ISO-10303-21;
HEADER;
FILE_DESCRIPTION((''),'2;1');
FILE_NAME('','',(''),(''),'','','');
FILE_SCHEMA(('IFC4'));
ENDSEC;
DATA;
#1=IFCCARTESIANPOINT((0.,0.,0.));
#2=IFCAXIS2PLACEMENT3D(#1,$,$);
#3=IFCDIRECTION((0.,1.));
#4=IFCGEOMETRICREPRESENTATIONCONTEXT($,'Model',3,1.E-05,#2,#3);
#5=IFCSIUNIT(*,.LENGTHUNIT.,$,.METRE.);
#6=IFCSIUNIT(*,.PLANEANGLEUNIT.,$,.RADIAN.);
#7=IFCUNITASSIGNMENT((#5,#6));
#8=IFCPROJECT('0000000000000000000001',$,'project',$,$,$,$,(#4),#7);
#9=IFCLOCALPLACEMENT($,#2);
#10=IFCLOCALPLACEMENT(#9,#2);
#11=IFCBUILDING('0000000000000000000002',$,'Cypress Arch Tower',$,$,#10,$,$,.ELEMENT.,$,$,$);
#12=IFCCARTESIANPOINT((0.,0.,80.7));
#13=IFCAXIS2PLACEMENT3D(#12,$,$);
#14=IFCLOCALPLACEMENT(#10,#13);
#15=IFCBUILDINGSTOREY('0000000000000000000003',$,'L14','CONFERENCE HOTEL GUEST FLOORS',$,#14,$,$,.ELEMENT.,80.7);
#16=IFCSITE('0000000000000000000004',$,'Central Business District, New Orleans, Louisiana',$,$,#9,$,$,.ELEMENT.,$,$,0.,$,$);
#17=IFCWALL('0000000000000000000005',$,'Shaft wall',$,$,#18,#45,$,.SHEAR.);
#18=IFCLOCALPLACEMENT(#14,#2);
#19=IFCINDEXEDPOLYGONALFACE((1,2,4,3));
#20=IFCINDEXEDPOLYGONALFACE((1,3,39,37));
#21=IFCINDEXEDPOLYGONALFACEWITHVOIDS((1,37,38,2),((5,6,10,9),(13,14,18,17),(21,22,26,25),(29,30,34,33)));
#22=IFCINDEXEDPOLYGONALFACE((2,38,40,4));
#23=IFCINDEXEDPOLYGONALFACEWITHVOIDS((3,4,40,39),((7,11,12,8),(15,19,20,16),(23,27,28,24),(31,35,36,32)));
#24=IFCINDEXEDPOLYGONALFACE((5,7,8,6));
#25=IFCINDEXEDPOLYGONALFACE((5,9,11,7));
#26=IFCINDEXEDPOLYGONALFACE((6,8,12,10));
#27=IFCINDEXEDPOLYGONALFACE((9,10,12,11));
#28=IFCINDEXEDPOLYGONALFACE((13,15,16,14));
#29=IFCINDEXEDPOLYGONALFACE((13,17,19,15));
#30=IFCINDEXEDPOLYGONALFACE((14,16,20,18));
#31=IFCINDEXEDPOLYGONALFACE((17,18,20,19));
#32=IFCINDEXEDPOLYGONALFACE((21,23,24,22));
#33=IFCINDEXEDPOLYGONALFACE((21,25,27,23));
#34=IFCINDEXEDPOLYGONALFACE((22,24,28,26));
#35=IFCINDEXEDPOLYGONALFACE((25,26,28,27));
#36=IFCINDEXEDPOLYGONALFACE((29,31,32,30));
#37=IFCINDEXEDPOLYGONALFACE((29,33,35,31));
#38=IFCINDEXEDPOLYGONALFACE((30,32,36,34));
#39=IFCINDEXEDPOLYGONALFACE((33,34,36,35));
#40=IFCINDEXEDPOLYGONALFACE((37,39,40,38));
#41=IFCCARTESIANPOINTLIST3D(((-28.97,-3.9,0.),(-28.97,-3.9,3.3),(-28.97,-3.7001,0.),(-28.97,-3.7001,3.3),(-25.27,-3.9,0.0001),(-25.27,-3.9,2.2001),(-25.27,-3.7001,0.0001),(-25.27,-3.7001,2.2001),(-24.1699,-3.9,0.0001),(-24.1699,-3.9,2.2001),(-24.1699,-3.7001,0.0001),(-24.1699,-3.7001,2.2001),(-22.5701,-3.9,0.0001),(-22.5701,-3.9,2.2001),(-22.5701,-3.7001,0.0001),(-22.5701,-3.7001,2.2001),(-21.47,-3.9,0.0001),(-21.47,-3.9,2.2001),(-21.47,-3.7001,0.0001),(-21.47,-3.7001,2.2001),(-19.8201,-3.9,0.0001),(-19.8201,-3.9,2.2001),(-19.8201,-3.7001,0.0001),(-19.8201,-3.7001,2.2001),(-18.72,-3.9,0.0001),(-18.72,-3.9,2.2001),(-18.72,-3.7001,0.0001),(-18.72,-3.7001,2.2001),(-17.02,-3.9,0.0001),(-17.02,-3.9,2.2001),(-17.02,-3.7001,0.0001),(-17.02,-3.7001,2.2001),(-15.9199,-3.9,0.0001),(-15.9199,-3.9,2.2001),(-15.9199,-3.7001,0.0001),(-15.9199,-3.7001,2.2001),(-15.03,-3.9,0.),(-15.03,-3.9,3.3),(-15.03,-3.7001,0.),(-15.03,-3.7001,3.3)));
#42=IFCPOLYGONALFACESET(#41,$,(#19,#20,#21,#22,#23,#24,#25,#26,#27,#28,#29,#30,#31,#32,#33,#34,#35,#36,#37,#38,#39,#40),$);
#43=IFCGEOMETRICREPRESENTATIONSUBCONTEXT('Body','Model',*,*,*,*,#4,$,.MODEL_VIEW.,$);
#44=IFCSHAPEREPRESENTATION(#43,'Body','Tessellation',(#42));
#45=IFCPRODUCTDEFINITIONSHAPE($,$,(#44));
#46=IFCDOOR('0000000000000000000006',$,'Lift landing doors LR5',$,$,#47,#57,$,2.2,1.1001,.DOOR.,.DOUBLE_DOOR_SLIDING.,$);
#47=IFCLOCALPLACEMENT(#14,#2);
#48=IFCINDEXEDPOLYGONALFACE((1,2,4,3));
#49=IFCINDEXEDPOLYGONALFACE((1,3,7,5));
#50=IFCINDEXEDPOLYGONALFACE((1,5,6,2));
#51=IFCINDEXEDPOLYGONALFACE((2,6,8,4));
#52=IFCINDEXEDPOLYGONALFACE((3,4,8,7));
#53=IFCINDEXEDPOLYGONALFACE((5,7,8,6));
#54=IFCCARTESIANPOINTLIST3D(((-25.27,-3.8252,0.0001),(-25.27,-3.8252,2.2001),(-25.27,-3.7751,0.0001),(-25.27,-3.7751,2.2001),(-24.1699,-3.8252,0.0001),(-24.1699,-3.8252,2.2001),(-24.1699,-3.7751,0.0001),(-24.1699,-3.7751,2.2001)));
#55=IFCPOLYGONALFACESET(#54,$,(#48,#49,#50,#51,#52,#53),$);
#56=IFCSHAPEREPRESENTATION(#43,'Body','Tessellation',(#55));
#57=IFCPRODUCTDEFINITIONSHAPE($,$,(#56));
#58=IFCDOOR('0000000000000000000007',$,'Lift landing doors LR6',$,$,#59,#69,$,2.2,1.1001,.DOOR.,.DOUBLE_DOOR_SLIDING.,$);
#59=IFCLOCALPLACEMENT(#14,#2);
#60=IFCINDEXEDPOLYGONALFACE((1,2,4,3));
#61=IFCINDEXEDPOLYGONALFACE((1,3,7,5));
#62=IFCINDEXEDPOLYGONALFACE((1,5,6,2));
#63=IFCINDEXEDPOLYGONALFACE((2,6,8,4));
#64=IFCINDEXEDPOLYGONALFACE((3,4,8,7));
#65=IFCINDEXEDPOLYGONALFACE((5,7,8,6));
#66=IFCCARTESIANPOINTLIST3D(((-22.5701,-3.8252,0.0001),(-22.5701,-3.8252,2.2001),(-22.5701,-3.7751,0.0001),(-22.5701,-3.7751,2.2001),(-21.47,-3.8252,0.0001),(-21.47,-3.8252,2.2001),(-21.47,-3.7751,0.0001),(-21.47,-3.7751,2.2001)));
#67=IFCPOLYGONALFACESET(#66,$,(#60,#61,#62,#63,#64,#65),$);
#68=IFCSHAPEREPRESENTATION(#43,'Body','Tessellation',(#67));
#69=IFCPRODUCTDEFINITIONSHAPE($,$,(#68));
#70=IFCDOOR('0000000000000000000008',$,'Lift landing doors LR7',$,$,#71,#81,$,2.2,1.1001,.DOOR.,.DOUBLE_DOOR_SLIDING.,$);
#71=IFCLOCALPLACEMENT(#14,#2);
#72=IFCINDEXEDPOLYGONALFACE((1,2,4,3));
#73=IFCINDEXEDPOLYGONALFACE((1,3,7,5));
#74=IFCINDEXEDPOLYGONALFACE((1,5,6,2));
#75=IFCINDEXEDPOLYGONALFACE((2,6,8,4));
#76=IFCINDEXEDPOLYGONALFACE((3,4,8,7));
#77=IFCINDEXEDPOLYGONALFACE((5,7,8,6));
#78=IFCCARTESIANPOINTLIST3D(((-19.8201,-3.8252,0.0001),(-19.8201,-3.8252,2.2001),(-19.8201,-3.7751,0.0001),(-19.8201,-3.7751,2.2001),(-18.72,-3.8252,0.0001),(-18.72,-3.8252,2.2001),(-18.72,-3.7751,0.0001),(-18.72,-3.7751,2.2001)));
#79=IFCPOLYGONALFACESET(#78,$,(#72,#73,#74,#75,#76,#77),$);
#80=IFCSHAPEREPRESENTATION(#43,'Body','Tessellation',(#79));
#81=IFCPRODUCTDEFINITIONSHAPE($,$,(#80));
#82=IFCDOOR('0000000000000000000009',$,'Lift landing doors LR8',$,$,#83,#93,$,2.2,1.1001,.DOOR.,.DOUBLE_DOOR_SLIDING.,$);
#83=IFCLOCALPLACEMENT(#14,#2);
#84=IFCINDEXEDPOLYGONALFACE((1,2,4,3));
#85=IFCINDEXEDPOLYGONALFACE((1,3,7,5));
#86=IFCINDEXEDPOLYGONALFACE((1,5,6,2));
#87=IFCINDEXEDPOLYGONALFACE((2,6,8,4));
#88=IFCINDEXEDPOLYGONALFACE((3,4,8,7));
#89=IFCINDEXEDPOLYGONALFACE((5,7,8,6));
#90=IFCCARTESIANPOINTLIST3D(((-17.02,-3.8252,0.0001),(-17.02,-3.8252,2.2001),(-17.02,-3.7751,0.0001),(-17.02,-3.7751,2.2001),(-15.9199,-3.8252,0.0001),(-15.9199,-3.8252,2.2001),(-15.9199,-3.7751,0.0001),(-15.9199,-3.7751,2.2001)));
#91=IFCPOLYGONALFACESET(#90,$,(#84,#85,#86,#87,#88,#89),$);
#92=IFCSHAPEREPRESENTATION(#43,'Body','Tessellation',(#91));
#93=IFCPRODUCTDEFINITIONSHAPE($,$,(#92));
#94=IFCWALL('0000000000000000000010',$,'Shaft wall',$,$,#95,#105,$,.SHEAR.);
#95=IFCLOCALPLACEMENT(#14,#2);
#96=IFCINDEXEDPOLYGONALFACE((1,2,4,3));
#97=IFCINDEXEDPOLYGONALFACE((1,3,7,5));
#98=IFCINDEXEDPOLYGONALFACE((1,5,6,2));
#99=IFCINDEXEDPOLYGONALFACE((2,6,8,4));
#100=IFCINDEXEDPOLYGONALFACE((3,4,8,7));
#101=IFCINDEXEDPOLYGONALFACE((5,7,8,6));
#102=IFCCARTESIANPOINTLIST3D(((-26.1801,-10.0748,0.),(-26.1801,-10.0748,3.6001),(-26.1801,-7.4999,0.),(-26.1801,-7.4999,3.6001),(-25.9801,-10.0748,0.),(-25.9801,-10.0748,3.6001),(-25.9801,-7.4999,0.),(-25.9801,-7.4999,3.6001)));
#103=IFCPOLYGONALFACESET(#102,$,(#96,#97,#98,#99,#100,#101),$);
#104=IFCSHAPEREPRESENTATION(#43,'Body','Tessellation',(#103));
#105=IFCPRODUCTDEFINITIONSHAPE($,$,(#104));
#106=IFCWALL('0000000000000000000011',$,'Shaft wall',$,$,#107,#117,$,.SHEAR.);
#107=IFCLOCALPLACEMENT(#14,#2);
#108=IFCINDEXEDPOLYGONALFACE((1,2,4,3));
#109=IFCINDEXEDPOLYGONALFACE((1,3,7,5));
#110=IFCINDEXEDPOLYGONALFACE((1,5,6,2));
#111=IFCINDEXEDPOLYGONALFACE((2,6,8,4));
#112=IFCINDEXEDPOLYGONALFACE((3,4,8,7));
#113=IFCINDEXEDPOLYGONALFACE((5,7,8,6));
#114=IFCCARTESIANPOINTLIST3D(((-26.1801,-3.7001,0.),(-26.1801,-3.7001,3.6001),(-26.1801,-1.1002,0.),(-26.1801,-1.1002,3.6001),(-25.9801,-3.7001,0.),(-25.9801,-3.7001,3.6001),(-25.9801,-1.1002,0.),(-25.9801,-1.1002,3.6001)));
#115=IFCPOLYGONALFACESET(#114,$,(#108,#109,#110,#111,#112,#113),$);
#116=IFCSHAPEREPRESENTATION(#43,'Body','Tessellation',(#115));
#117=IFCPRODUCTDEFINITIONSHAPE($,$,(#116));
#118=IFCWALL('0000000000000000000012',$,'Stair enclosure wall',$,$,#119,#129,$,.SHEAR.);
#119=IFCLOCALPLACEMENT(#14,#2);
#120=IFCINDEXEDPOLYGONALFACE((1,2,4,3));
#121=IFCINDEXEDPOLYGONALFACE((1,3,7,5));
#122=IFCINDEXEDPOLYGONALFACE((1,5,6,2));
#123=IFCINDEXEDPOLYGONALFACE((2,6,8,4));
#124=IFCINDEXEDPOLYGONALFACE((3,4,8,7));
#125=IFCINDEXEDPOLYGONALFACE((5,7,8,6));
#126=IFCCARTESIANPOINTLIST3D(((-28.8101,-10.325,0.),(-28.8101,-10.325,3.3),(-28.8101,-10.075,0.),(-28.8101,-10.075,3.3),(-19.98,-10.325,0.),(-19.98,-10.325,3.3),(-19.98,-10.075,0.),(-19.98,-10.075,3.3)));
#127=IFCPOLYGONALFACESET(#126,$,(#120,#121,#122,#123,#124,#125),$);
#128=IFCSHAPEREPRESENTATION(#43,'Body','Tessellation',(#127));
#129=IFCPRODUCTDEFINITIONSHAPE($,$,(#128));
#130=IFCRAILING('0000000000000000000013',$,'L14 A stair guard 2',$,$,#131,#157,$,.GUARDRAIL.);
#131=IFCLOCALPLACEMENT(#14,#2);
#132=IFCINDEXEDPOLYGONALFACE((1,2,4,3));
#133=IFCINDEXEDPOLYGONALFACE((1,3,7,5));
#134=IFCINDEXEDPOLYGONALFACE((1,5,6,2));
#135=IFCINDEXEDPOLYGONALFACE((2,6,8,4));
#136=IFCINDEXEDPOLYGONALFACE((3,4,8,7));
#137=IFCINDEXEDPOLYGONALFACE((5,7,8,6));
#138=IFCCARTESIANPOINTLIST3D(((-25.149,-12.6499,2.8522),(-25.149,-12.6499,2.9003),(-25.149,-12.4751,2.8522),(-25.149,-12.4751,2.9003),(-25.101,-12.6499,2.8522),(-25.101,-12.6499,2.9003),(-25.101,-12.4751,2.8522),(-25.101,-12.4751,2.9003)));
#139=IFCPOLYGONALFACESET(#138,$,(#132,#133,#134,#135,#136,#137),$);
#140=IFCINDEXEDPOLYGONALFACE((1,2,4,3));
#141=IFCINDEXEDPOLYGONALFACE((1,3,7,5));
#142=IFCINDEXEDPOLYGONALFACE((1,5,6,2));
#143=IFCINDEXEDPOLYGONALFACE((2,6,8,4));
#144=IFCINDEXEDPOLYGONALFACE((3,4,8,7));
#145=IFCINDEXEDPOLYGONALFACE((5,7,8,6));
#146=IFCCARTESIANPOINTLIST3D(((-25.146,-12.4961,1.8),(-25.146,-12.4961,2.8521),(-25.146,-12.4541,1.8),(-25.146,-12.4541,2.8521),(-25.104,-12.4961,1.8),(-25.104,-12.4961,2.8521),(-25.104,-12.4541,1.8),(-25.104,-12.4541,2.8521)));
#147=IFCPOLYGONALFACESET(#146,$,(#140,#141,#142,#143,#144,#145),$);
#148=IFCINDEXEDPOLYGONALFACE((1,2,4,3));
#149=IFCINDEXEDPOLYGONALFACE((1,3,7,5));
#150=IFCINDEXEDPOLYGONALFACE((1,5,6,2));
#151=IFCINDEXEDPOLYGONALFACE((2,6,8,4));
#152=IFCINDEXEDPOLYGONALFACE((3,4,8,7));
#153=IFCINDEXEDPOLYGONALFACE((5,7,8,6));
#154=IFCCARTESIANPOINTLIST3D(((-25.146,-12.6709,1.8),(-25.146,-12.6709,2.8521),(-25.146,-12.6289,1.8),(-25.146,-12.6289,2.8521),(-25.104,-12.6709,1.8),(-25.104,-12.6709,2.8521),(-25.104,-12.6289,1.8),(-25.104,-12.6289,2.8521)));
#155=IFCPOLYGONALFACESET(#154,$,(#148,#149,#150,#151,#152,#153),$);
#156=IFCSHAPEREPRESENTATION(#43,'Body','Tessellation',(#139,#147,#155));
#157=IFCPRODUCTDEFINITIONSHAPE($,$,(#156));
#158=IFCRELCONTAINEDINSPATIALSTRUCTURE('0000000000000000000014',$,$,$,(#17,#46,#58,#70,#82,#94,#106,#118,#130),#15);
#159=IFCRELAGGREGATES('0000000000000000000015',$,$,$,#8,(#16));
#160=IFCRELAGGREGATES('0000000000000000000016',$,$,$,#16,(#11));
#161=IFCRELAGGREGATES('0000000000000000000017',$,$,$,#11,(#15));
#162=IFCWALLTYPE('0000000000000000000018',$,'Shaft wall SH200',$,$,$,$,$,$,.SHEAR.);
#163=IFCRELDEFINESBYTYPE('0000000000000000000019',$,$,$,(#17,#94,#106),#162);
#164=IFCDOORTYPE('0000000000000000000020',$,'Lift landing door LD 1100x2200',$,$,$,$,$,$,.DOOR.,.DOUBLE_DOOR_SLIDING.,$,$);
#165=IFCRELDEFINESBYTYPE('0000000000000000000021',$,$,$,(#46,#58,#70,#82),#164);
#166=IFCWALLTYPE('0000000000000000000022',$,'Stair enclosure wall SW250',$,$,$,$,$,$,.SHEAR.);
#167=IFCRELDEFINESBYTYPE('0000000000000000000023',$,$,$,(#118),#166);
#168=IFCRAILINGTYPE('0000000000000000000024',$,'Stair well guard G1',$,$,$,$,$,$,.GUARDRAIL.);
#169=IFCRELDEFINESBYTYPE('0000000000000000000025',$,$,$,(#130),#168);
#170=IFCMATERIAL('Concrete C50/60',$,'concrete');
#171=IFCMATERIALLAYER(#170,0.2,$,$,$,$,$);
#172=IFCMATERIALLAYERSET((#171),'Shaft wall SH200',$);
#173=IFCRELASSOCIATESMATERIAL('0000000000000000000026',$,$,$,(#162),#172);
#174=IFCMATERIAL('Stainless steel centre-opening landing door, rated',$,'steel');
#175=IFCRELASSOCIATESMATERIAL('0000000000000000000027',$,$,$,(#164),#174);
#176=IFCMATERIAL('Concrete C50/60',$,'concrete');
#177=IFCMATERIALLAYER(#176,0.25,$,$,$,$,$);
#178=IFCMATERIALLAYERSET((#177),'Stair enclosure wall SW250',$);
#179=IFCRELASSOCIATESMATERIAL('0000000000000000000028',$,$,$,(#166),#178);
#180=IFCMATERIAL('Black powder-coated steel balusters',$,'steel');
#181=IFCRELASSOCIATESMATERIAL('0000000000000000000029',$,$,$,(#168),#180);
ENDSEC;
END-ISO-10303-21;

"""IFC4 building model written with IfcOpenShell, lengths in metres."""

from ifc_helpers import new_model, si_unit, direction, frame, frame_2d, origin, origin_2d, place, context, subcontext, project, spatial, rectangle, extrude, material, layer, layer_set, type_object, element, fill, save


model = new_model("IFC4")

# Units and contexts
model_context = context("Model", 3, precision=1e-05, world=origin(), true_north=direction((0.0, 1.0)))
body_context = subcontext(model_context, "Body", "Model", "MODEL_VIEW")
ifc_project = project(units=[si_unit("LENGTHUNIT", "METRE"), si_unit("PLANEANGLEUNIT", "RADIAN")], contexts=[model_context])

# Site, building, storey
site_placement = place(None, origin())
site = spatial("IfcSite", under=ifc_project, at=site_placement, Name="Central Business District, New Orleans, Louisiana", CompositionType="ELEMENT", RefElevation=0.0)
building_placement = place(site_placement, origin())
building = spatial("IfcBuilding", under=site, at=building_placement, Name="Cypress Arch Tower", CompositionType="ELEMENT")
storey_placement = place(building_placement, frame((0.0, 0.0, 80.7)))
storey = spatial("IfcBuildingStorey", under=building, at=storey_placement, Name="L14", Description="CONFERENCE HOTEL GUEST FLOORS", CompositionType="ELEMENT", Elevation=80.7)

# Wall, openings, doors
ifc_material_1 = material(Name="Concrete C50/60", Category="concrete")
ifc_layer_1 = layer(ifc_material_1, 0.2)
ifc_layer_set_1 = layer_set([ifc_layer_1], Name="Shaft wall SH200")
wall_type_1 = type_object("IfcWallType", Name="Shaft wall SH200", PredefinedType="SHEAR", material=ifc_layer_set_1)
ifc_material_2 = material(Name="Stainless steel centre-opening landing door, rated", Category="steel")
door_type_1 = type_object("IfcDoorType", Name="Lift landing door LD 1100x2200", OperationType="DOUBLE_DOOR_SLIDING", PredefinedType="DOOR", material=ifc_material_2)
wall_1_placement = place(storey_placement, frame((-28.97, -3.8, 0.0), z_axis=(0.0, 0.0, 1.0), x_axis=(1.0, 0.0, 0.0)))
wall_1 = element("IfcWall", 1, at=wall_1_placement, inside=storey, type_object=wall_type_1, Name="Shaft wall", PredefinedType="SHEAR", context=body_context, shape_type="SweptSolid", body=[
    extrude(rectangle(XDim=13.9399, YDim=0.2, at=frame_2d((6.97, 0.0))), origin(), (0.0, 0.0, 1.0), 3.3),
])
opening_1_placement = place(wall_1_placement, frame((3.7, 0.0, 0.0)))
opening_1 = element("IfcOpeningElement", 2, at=opening_1_placement, cuts=wall_1, PredefinedType="OPENING", context=body_context, shape_type="SweptSolid", body=[
    extrude(rectangle(XDim=1.1001, YDim=2.2, at=frame_2d((0.55, 1.1001))), frame((0.0, 0.1099, 0.0), z_axis=(0.0, -1.0, 0.0), x_axis=(1.0, 0.0, 0.0)), (0.0, 0.0, 1.0), 0.22),
])
opening_2_placement = place(wall_1_placement, frame((6.3999, 0.0, 0.0)))
opening_2 = element("IfcOpeningElement", 3, at=opening_2_placement, cuts=wall_1, PredefinedType="OPENING", context=body_context, shape_type="SweptSolid", body=[
    extrude(rectangle(XDim=1.1001, YDim=2.2, at=frame_2d((0.55, 1.1001))), frame((0.0, 0.1099, 0.0), z_axis=(0.0, -1.0, 0.0), x_axis=(1.0, 0.0, 0.0)), (0.0, 0.0, 1.0), 0.22),
])
opening_3_placement = place(wall_1_placement, frame((9.1499, 0.0, 0.0)))
opening_3 = element("IfcOpeningElement", 4, at=opening_3_placement, cuts=wall_1, PredefinedType="OPENING", context=body_context, shape_type="SweptSolid", body=[
    extrude(rectangle(XDim=1.1001, YDim=2.2, at=frame_2d((0.55, 1.1001))), frame((0.0, 0.1099, 0.0), z_axis=(0.0, -1.0, 0.0), x_axis=(1.0, 0.0, 0.0)), (0.0, 0.0, 1.0), 0.22),
])
opening_4_placement = place(wall_1_placement, frame((11.95, 0.0, 0.0)))
opening_4 = element("IfcOpeningElement", 5, at=opening_4_placement, cuts=wall_1, PredefinedType="OPENING", context=body_context, shape_type="SweptSolid", body=[
    extrude(rectangle(XDim=1.1001, YDim=2.2, at=frame_2d((0.55, 1.1001))), frame((0.0, 0.1099, 0.0), z_axis=(0.0, -1.0, 0.0), x_axis=(1.0, 0.0, 0.0)), (0.0, 0.0, 1.0), 0.22),
])
door_1_placement = place(opening_1_placement, origin())
door_1 = element("IfcDoor", 6, at=door_1_placement, inside=storey, type_object=door_type_1, Name="Lift landing doors LR5", OperationType="DOUBLE_DOOR_SLIDING", OverallHeight=2.2, OverallWidth=1.1001, PredefinedType="DOOR", context=body_context, shape_type="SweptSolid", body=[
    extrude(rectangle(XDim=1.1001, YDim=2.2, at=frame_2d((0.55, 1.1001))), frame((0.0, 0.0249, 0.0), z_axis=(0.0, -1.0, 0.0), x_axis=(1.0, 0.0, 0.0)), (0.0, 0.0, 1.0), 0.05),
])
fill(opening_1, door_1)
door_2_placement = place(opening_2_placement, origin())
door_2 = element("IfcDoor", 7, at=door_2_placement, inside=storey, type_object=door_type_1, Name="Lift landing doors LR6", OperationType="DOUBLE_DOOR_SLIDING", OverallHeight=2.2, OverallWidth=1.1001, PredefinedType="DOOR", context=body_context, shape_type="SweptSolid", body=[
    extrude(rectangle(XDim=1.1001, YDim=2.2, at=frame_2d((0.55, 1.1001))), frame((0.0, 0.0249, 0.0), z_axis=(0.0, -1.0, 0.0), x_axis=(1.0, 0.0, 0.0)), (0.0, 0.0, 1.0), 0.05),
])
fill(opening_2, door_2)
door_3_placement = place(opening_3_placement, origin())
door_3 = element("IfcDoor", 8, at=door_3_placement, inside=storey, type_object=door_type_1, Name="Lift landing doors LR7", OperationType="DOUBLE_DOOR_SLIDING", OverallHeight=2.2, OverallWidth=1.1001, PredefinedType="DOOR", context=body_context, shape_type="SweptSolid", body=[
    extrude(rectangle(XDim=1.1001, YDim=2.2, at=frame_2d((0.55, 1.1001))), frame((0.0, 0.0249, 0.0), z_axis=(0.0, -1.0, 0.0), x_axis=(1.0, 0.0, 0.0)), (0.0, 0.0, 1.0), 0.05),
])
fill(opening_3, door_3)
door_4_placement = place(opening_4_placement, origin())
door_4 = element("IfcDoor", 9, at=door_4_placement, inside=storey, type_object=door_type_1, Name="Lift landing doors LR8", OperationType="DOUBLE_DOOR_SLIDING", OverallHeight=2.2, OverallWidth=1.1001, PredefinedType="DOOR", context=body_context, shape_type="SweptSolid", body=[
    extrude(rectangle(XDim=1.1001, YDim=2.2, at=frame_2d((0.55, 1.1001))), frame((0.0, 0.0249, 0.0), z_axis=(0.0, -1.0, 0.0), x_axis=(1.0, 0.0, 0.0)), (0.0, 0.0, 1.0), 0.05),
])
fill(opening_4, door_4)

# Walls
wall_2_placement = place(storey_placement, frame((-26.0801, -10.075, 0.0), z_axis=(0.0, 0.0, 1.0), x_axis=(0.0, 1.0, 0.0)))
element("IfcWall", 10, at=wall_2_placement, inside=storey, type_object=wall_type_1, Name="Shaft wall", PredefinedType="SHEAR", context=body_context, shape_type="SweptSolid", body=[
    extrude(rectangle(XDim=2.575, YDim=0.2, at=frame_2d((1.2876, 0.0))), origin(), (0.0, 0.0, 1.0), 3.6001),
])
wall_3_placement = place(storey_placement, frame((-26.0801, -3.7, 0.0), z_axis=(0.0, 0.0, 1.0), x_axis=(0.0, 1.0, 0.0)))
element("IfcWall", 11, at=wall_3_placement, inside=storey, type_object=wall_type_1, Name="Shaft wall", PredefinedType="SHEAR", context=body_context, shape_type="SweptSolid", body=[
    extrude(rectangle(XDim=2.5999, YDim=0.2, at=frame_2d((1.2998, 0.0))), origin(), (0.0, 0.0, 1.0), 3.6001),
])
ifc_material_3 = material(Name="Concrete C50/60", Category="concrete")
ifc_layer_2 = layer(ifc_material_3, 0.25)
ifc_layer_set_2 = layer_set([ifc_layer_2], Name="Stair enclosure wall SW250")
wall_type_2 = type_object("IfcWallType", Name="Stair enclosure wall SW250", PredefinedType="SHEAR", material=ifc_layer_set_2)
wall_4_placement = place(storey_placement, frame((-28.8101, -10.2, 0.0), z_axis=(0.0, 0.0, 1.0), x_axis=(1.0, 0.0, 0.0)))
element("IfcWall", 12, at=wall_4_placement, inside=storey, type_object=wall_type_2, Name="Stair enclosure wall", PredefinedType="SHEAR", context=body_context, shape_type="SweptSolid", body=[
    extrude(rectangle(XDim=8.8301, YDim=0.25, at=frame_2d((4.415, 0.0))), origin(), (0.0, 0.0, 1.0), 3.3),
])

# Railing
ifc_material_4 = material(Name="Black powder-coated steel balusters", Category="steel")
railing_type = type_object("IfcRailingType", Name="Stair well guard G1", PredefinedType="GUARDRAIL", material=ifc_material_4)
railing_placement = place(storey_placement, frame((-25.125, -12.4751, 1.8)))
element("IfcRailing", 13, at=railing_placement, inside=storey, type_object=railing_type, Name="L14 A stair guard 2", PredefinedType="GUARDRAIL", context=body_context, shape_type="SweptSolid", body=[
    extrude(rectangle(XDim=0.0481, YDim=0.0481, at=origin_2d()), frame((0.0, 0.0, 1.0762), z_axis=(0.0, -1.0, 0.0), x_axis=(1.0, 0.0, 0.0)), (0.0, 0.0, 1.0), 0.1748),
    extrude(rectangle(XDim=0.042, YDim=0.042, at=origin_2d()), origin(), (0.0, 0.0, 1.0), 1.052),
    extrude(rectangle(XDim=0.042, YDim=0.042, at=origin_2d()), frame((0.0, -0.1748, 0.0)), (0.0, 0.0, 1.0), 1.052),
])

save(model, "model.ifc")
